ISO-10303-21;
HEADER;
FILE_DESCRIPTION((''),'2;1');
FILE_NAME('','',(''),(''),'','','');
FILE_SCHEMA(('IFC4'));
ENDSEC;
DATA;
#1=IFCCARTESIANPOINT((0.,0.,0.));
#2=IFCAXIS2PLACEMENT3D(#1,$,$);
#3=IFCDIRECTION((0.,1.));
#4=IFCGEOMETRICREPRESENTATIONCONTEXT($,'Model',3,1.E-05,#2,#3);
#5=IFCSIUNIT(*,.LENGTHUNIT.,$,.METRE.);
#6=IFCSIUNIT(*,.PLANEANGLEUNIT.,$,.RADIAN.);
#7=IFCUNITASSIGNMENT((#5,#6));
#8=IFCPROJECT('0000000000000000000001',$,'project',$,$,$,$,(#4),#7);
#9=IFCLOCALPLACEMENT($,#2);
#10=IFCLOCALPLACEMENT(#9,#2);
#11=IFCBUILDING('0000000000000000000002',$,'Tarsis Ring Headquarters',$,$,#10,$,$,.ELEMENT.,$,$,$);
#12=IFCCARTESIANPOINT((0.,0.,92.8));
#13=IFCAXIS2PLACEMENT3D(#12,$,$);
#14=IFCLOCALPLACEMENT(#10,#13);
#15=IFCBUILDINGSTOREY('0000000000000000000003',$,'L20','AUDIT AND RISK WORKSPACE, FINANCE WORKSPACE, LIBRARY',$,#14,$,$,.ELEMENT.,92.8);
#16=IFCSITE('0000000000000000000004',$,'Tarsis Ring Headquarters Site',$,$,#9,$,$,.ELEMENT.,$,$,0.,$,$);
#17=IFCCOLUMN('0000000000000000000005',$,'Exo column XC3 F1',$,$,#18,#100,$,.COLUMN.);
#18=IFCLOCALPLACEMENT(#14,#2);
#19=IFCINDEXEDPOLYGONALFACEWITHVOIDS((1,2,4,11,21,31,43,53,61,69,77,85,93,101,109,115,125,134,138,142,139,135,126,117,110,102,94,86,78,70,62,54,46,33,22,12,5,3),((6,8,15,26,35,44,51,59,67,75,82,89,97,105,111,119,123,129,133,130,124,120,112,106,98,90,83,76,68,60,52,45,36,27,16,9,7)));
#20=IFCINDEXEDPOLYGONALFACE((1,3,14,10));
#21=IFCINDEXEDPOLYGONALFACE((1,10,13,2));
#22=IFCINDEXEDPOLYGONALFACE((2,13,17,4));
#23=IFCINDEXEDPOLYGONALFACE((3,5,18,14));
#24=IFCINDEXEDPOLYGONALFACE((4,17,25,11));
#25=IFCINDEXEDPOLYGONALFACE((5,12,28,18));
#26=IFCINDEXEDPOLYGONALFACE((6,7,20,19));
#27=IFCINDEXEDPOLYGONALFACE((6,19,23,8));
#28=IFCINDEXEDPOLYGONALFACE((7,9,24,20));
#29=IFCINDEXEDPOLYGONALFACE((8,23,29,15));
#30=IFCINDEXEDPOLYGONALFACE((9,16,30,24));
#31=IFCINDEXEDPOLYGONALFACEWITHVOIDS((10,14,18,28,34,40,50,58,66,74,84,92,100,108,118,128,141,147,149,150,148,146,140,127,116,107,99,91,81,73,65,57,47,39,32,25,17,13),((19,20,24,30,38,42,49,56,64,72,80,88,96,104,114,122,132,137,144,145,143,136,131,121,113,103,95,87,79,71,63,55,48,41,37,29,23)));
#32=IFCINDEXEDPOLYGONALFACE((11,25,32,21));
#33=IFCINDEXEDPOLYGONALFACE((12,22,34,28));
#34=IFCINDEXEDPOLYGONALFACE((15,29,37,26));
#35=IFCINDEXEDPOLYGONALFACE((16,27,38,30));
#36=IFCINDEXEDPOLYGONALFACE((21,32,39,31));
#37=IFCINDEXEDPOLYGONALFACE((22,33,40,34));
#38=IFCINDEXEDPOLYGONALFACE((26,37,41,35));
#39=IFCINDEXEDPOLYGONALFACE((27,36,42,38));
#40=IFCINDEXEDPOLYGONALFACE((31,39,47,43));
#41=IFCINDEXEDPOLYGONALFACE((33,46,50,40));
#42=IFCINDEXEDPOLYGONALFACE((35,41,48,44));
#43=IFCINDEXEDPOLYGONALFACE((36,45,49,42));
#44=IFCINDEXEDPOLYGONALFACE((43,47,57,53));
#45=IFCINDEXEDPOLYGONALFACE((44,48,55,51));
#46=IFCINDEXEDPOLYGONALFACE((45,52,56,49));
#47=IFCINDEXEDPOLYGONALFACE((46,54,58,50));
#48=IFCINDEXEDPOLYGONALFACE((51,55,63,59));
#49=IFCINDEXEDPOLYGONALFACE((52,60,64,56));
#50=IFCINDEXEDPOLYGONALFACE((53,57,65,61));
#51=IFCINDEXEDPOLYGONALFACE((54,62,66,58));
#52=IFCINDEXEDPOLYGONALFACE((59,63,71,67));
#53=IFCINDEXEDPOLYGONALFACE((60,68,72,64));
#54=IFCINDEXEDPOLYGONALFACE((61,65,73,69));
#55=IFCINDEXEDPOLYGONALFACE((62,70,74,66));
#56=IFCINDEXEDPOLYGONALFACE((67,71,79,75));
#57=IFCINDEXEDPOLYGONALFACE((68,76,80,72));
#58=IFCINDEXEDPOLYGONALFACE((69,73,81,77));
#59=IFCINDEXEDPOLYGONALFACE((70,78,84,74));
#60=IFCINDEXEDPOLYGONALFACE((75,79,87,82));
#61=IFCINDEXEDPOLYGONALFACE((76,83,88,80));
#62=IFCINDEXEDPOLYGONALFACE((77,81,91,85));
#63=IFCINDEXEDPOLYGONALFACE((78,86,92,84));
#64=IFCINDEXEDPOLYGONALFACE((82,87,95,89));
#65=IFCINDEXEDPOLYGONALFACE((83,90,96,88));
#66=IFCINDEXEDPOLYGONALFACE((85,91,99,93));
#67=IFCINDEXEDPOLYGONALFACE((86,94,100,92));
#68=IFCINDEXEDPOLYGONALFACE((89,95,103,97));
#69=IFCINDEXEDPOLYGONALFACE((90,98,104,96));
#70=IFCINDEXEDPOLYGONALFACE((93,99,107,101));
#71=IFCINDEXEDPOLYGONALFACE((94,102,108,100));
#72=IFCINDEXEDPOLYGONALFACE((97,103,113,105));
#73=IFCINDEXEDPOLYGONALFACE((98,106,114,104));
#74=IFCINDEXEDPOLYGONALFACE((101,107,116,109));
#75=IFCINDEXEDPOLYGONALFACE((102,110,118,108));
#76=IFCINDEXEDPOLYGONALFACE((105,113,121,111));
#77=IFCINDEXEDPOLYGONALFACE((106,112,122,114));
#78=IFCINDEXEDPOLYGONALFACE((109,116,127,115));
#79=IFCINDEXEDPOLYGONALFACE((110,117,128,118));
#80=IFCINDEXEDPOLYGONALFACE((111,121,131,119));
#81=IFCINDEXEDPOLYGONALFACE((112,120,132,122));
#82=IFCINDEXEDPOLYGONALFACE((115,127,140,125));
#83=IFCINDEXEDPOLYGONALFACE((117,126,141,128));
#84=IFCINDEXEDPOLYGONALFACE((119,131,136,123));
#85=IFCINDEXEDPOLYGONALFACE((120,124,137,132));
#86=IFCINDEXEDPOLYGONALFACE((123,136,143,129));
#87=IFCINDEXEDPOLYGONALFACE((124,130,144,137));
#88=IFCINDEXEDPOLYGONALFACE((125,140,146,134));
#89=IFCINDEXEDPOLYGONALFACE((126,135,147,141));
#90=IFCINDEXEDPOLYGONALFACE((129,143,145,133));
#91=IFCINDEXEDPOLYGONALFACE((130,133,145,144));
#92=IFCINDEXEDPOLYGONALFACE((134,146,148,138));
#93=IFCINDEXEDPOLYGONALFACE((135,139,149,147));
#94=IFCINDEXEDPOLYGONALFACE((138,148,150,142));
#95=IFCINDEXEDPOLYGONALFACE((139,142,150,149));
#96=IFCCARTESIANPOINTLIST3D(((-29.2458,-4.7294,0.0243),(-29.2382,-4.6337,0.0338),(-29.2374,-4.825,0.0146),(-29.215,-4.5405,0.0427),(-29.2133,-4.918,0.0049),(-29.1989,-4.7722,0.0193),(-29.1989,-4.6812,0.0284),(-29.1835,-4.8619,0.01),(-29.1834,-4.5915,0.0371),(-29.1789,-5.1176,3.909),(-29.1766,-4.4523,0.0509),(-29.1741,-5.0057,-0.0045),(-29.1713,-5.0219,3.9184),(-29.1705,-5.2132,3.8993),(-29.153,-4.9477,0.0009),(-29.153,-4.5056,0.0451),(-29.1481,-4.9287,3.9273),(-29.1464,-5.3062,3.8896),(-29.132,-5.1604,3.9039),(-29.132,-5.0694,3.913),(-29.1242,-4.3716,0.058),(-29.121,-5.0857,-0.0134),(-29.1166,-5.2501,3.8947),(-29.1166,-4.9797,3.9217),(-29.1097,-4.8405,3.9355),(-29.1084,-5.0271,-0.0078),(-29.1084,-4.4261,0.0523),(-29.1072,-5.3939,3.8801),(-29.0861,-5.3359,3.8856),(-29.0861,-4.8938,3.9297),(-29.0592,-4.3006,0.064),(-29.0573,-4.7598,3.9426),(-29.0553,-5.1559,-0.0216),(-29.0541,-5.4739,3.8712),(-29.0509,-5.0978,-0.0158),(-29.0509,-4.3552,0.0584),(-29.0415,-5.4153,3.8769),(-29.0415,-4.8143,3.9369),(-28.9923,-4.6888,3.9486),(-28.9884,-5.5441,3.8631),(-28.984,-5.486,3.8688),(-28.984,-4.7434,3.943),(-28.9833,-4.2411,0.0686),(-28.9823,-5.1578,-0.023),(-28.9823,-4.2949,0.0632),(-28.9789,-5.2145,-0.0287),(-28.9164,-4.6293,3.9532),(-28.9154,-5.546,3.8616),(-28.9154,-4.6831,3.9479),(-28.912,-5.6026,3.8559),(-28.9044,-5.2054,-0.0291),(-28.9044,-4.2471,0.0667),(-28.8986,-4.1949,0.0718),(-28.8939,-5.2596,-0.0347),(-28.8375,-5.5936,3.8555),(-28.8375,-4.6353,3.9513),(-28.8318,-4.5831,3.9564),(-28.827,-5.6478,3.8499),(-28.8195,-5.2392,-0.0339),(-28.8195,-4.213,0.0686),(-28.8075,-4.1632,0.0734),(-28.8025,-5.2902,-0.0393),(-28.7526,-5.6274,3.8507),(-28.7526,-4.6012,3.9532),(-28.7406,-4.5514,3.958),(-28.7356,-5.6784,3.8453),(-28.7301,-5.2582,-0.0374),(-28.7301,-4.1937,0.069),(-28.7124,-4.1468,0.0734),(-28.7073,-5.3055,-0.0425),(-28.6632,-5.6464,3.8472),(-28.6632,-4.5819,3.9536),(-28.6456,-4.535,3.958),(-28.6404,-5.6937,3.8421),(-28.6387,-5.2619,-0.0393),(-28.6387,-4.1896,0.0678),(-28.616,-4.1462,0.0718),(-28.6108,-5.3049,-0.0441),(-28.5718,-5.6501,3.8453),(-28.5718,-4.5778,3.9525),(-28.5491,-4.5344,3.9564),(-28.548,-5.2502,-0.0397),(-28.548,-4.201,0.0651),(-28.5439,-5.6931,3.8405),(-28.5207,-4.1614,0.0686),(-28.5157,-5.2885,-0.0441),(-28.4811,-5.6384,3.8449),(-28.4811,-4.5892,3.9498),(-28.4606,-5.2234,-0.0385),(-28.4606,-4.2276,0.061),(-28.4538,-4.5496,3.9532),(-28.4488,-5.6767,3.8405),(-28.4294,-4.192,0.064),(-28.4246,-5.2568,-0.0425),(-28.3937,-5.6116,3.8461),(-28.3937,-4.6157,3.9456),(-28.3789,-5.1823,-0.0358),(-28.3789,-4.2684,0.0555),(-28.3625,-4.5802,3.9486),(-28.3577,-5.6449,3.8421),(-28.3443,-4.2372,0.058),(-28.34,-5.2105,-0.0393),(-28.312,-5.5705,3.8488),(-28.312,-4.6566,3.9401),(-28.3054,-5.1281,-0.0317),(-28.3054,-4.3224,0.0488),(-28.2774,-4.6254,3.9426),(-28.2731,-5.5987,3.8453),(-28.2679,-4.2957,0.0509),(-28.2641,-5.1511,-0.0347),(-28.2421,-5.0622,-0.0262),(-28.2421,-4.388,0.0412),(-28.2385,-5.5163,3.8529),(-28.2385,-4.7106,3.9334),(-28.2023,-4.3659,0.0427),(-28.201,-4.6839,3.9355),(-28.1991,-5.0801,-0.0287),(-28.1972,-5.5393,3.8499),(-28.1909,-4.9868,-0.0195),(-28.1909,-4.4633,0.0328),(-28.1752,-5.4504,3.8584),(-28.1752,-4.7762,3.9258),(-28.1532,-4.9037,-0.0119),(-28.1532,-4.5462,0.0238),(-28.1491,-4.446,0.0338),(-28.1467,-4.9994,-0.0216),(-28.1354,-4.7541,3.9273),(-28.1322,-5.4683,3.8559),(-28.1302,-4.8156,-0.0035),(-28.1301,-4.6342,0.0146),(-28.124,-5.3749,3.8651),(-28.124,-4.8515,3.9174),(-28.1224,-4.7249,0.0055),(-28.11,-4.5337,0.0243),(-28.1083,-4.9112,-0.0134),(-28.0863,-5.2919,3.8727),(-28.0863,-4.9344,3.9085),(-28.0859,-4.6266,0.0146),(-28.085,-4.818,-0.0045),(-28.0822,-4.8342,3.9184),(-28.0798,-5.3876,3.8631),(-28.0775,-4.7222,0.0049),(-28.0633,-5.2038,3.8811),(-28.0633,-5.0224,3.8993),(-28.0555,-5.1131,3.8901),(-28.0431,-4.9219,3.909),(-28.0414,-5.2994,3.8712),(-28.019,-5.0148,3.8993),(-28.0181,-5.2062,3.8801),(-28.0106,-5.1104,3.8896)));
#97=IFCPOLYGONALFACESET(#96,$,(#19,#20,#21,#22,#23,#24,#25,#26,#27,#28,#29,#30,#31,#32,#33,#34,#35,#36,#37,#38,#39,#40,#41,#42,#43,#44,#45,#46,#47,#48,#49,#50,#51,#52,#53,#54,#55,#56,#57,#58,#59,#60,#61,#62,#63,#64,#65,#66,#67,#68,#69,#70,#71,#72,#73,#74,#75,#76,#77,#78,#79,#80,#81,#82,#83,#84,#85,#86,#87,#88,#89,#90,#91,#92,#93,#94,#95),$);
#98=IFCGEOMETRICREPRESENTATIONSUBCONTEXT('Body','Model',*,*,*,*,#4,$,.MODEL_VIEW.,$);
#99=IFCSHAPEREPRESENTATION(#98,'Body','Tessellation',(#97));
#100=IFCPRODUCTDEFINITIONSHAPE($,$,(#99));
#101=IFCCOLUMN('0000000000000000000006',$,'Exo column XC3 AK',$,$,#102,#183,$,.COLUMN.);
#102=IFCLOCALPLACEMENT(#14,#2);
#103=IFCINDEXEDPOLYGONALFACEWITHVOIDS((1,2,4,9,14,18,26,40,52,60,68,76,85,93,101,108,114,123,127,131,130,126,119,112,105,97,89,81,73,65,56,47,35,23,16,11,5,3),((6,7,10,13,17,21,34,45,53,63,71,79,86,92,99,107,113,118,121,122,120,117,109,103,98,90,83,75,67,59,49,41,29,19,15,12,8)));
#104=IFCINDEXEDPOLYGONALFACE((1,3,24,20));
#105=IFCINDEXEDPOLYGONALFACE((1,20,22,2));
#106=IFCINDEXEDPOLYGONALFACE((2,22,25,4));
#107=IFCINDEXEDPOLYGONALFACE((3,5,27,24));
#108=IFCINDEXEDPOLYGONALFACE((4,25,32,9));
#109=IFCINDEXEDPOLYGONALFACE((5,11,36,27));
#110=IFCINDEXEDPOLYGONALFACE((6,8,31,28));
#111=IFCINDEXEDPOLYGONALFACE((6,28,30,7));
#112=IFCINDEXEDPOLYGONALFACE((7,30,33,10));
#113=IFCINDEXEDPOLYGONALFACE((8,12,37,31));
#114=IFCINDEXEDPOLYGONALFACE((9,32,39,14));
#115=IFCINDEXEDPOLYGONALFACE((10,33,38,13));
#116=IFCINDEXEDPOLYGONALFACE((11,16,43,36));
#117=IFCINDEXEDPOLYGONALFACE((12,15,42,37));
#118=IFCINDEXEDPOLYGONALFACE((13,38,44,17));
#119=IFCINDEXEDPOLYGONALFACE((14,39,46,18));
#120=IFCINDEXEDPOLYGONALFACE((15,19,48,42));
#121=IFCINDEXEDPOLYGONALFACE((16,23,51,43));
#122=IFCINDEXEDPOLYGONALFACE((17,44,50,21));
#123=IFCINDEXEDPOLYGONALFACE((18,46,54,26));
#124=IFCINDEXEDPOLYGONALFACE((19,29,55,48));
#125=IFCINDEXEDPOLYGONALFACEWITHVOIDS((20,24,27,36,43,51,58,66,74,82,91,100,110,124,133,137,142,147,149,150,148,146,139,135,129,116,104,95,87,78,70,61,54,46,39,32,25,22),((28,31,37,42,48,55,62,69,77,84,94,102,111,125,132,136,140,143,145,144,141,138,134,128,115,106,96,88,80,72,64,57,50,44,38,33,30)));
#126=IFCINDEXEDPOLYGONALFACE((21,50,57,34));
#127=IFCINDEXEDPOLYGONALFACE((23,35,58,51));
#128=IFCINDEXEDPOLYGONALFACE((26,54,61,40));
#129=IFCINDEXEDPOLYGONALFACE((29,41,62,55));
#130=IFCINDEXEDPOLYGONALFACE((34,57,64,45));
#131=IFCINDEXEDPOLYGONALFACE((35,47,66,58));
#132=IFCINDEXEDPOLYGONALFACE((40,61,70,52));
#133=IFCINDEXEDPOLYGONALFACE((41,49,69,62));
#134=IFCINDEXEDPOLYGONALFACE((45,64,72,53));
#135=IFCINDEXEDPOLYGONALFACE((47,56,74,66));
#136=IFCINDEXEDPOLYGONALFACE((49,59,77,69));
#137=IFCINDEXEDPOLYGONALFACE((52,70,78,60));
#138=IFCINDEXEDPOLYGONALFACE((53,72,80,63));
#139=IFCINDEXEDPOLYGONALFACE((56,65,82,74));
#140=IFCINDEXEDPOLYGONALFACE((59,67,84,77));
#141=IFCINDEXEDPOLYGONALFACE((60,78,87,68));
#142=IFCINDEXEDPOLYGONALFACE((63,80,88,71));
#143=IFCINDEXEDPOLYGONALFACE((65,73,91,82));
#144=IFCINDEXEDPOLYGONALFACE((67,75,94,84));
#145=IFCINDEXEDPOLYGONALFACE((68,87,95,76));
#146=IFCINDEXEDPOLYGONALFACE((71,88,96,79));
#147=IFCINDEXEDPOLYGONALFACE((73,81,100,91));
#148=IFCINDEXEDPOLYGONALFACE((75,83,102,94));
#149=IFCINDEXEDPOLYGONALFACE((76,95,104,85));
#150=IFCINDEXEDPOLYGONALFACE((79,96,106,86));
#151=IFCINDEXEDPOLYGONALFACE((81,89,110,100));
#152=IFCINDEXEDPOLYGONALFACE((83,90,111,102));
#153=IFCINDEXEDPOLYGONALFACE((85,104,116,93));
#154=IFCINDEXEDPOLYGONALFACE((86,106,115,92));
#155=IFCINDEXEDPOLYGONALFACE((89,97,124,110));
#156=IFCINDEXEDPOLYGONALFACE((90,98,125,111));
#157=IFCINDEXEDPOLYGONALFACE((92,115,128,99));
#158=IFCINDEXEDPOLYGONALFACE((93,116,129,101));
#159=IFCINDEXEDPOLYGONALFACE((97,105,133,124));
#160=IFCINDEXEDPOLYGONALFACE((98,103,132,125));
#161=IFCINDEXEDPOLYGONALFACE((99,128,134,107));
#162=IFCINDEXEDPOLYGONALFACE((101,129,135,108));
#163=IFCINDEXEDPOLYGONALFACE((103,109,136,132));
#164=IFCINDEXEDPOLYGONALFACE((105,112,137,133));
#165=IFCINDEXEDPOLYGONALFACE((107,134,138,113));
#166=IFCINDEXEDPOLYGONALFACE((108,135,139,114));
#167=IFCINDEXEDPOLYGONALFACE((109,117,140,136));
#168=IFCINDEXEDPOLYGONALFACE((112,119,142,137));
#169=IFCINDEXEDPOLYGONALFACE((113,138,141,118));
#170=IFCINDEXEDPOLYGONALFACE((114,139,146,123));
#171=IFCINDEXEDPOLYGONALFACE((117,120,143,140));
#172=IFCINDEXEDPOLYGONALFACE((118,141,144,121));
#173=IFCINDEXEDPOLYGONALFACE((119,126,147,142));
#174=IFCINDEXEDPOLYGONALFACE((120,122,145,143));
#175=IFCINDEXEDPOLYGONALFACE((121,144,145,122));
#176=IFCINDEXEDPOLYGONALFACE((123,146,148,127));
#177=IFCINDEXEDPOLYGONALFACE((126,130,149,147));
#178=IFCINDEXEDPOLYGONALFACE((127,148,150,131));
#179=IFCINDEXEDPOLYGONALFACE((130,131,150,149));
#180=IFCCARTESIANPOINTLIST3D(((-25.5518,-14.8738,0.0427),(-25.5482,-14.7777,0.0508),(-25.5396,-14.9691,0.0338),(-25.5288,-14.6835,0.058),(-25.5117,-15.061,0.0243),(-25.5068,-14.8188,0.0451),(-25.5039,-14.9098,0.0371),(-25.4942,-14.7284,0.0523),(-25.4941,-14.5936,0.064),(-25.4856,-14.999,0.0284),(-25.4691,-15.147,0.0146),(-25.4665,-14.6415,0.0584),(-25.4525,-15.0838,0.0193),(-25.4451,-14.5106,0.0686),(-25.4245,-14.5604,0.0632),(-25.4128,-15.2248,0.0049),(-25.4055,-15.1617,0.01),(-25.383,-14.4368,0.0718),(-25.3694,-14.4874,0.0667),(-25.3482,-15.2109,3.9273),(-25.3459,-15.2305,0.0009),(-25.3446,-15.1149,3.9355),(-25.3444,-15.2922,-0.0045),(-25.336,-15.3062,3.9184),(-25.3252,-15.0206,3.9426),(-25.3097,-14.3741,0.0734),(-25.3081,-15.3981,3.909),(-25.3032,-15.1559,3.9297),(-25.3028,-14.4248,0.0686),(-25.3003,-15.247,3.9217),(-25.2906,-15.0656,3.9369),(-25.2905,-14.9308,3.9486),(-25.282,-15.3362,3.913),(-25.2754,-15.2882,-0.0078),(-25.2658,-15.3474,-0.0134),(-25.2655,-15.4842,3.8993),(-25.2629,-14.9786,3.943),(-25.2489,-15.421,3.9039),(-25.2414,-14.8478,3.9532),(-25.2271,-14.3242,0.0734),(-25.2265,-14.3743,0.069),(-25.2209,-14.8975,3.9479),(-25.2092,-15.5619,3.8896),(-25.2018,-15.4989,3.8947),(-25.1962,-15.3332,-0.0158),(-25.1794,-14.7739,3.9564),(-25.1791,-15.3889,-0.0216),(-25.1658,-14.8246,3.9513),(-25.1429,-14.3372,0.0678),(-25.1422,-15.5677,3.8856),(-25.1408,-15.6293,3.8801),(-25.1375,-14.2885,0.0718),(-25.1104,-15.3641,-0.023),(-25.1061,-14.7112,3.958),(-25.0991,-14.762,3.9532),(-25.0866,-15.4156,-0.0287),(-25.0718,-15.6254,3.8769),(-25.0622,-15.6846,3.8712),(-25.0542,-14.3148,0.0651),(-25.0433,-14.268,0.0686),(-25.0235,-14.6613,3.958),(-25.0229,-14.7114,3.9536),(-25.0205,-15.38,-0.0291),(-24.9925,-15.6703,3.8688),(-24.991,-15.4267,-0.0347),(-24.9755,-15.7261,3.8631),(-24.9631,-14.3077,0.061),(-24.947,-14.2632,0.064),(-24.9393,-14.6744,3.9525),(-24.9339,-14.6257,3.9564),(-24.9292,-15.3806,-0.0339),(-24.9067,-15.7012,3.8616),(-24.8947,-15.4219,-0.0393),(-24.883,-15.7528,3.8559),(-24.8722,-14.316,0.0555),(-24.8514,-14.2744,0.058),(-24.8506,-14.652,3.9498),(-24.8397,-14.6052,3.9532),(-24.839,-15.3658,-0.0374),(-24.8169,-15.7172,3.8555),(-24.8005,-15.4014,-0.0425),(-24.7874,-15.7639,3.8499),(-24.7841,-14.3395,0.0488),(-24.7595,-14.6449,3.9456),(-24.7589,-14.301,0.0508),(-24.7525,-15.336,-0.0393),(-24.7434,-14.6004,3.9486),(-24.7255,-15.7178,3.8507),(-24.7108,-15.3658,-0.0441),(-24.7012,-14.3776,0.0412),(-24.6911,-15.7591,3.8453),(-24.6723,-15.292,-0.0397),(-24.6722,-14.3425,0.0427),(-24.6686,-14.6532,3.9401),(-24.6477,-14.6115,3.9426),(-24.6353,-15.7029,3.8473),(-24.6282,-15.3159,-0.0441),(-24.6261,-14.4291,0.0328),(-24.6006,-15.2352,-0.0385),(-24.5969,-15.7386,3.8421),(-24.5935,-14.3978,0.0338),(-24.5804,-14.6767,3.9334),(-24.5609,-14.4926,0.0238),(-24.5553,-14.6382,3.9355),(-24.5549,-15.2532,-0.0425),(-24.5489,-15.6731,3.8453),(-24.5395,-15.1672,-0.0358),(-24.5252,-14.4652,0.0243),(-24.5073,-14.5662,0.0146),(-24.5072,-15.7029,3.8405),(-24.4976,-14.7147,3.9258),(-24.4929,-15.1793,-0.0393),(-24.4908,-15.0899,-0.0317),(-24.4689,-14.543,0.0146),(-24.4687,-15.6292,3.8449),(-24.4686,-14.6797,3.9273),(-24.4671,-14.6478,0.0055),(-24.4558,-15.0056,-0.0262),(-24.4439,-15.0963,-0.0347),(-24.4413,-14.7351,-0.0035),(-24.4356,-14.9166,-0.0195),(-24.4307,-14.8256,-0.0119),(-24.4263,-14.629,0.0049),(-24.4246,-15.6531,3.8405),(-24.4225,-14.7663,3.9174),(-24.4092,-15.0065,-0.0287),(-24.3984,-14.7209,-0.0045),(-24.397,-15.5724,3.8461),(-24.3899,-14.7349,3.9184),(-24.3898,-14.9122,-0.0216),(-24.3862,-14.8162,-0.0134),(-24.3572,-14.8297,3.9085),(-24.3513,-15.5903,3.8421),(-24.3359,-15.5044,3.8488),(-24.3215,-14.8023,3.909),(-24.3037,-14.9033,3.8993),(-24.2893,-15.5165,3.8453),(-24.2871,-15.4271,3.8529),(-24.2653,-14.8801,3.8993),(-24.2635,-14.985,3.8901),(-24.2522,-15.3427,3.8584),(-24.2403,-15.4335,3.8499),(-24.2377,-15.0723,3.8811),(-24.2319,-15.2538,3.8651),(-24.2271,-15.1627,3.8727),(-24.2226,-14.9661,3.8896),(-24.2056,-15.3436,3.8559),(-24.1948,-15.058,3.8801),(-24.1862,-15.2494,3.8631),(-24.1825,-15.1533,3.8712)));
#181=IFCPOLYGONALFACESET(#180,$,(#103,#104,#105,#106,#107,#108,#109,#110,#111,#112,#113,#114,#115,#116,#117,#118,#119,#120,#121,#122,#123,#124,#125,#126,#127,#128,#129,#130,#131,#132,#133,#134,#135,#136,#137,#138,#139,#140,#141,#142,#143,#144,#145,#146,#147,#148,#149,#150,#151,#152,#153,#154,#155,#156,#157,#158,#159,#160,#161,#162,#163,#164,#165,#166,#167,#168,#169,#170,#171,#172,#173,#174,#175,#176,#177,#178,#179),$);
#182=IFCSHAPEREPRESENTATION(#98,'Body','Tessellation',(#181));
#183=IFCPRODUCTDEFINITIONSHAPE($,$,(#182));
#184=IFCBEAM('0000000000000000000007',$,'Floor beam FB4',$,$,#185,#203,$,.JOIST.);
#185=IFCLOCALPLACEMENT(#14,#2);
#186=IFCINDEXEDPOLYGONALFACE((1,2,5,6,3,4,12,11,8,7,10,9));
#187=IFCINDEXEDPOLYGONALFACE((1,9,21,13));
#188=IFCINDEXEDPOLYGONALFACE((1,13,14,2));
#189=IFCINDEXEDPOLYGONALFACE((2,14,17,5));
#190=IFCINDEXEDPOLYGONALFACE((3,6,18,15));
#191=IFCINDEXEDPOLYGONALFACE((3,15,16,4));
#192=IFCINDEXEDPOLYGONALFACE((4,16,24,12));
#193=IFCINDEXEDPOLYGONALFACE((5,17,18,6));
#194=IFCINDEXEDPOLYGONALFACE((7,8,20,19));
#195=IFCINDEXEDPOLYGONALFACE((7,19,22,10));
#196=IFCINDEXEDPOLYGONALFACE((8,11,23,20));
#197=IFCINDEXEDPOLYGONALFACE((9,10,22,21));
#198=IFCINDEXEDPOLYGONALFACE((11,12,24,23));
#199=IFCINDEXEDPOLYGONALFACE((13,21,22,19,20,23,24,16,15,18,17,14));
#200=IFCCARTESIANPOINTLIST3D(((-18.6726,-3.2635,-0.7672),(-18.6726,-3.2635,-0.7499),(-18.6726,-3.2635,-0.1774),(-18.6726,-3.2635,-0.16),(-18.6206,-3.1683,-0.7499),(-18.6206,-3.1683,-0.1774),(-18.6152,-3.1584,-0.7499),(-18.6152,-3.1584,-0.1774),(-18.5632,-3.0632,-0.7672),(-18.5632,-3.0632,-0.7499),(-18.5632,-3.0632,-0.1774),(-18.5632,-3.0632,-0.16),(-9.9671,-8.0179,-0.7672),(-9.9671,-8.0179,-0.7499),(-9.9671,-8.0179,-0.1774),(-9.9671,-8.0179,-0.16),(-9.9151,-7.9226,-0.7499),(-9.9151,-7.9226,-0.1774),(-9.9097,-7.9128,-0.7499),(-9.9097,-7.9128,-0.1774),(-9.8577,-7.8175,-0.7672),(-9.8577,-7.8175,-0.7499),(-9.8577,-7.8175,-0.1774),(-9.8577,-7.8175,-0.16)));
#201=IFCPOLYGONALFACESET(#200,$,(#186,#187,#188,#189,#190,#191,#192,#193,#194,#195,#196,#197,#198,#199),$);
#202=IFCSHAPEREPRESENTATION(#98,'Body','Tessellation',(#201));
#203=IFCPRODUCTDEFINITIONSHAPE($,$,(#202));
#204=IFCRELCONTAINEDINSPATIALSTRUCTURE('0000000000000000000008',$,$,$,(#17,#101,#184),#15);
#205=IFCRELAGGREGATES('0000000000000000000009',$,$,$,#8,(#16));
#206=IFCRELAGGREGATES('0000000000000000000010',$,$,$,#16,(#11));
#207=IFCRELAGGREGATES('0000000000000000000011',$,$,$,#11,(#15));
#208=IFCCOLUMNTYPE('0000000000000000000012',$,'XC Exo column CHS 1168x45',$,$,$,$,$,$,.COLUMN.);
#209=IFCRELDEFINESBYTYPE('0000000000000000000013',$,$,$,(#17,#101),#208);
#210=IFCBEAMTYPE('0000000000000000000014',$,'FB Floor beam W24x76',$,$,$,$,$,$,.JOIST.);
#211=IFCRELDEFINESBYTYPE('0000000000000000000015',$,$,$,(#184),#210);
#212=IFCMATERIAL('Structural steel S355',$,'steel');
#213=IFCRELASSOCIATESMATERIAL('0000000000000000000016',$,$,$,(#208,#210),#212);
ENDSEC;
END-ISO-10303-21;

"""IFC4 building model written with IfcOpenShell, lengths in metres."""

from ifc_helpers import new_model, si_unit, direction, frame, origin, origin_2d, place, context, subcontext, project, spatial, hollow_circle, i_section, extrude, material, material_profile, profile_set, type_object, element, save


model = new_model("IFC4")

# Units and contexts
model_context = context("Model", 3, precision=1e-05, world=origin(), true_north=direction((0.0, 1.0)))
body_context = subcontext(model_context, "Body", "Model", "MODEL_VIEW")
ifc_project = project(units=[si_unit("LENGTHUNIT", "METRE"), si_unit("PLANEANGLEUNIT", "RADIAN")], contexts=[model_context])

# Site, building, storey
site_placement = place(None, origin())
site = spatial("IfcSite", under=ifc_project, at=site_placement, Name="Tarsis Ring Headquarters Site", CompositionType="ELEMENT", RefElevation=0.0)
building_placement = place(site_placement, origin())
building = spatial("IfcBuilding", under=site, at=building_placement, Name="Tarsis Ring Headquarters", CompositionType="ELEMENT")
storey_placement = place(building_placement, frame((0.0, 0.0, 92.8)))
storey = spatial("IfcBuildingStorey", under=building, at=storey_placement, Name="L20", Description="AUDIT AND RISK WORKSPACE, FINANCE WORKSPACE, LIBRARY", CompositionType="ELEMENT", Elevation=92.8)

# Columns
ifc_material_1 = material(Name="Structural steel S355", Category="steel")
ifc_material_profile_1 = material_profile(ifc_material_1, hollow_circle(Radius=0.5842, WallThickness=0.0449, at=origin_2d()), Name="CHS 1168x45")
ifc_profile_set_1 = profile_set([ifc_material_profile_1], Name="Structural steel S355")
column_type = type_object("IfcColumnType", Name="XC Exo column CHS 1168x45", PredefinedType="COLUMN", material=ifc_profile_set_1)
for number, where, z_axis, x_axis, name in (
    (1, (-28.6616, -4.7258, 0.0146), (0.017133, -0.099421, 0.994898), (0.985474, 0.169824, 0.0), "Exo column XC3 F1"),
    (2, (-24.969, -14.845, 0.0146), (0.052149, -0.086353, 0.994899), (0.856013, 0.516955, 0.0), "Exo column XC3 AK"),
):
    element("IfcColumn", number, at=place(storey_placement, frame(where, z_axis=z_axis, x_axis=x_axis)), inside=storey, type_object=column_type, Name=name, PredefinedType="COLUMN", context=body_context, shape_type="SweptSolid", body=[
        extrude(hollow_circle(Radius=0.5842, WallThickness=0.0449, at=origin_2d()), origin(), (0.0, 0.0, 1.0), 3.9045),
    ])

# Beam
ifc_material_profile_2 = material_profile(ifc_material_1, i_section(OverallWidth=0.2283, OverallDepth=0.6072, WebThickness=0.0112, FlangeThickness=0.0173, at=origin_2d()), Name="W24x76")
ifc_profile_set_2 = profile_set([ifc_material_profile_2], Name="Structural steel S355")
beam_type_1 = type_object("IfcBeamType", Name="FB Floor beam W24x76", PredefinedType="JOIST", material=ifc_profile_set_2)
beam_1_placement = place(storey_placement, frame((-18.6179, -3.1633, -0.4636), z_axis=(0.877645, -0.479311, 0.0), x_axis=(0.479311, 0.877645, 0.0)))
element("IfcBeam", 3, at=beam_1_placement, inside=storey, type_object=beam_type_1, Name="Floor beam FB4", PredefinedType="JOIST", context=body_context, shape_type="SweptSolid", body=[
    extrude(i_section(OverallWidth=0.2283, OverallDepth=0.6072, WebThickness=0.0112, FlangeThickness=0.0173, at=origin_2d()), origin(), (0.0, 0.0, 1.0), 9.9192),
])

save(model, "model.ifc")
